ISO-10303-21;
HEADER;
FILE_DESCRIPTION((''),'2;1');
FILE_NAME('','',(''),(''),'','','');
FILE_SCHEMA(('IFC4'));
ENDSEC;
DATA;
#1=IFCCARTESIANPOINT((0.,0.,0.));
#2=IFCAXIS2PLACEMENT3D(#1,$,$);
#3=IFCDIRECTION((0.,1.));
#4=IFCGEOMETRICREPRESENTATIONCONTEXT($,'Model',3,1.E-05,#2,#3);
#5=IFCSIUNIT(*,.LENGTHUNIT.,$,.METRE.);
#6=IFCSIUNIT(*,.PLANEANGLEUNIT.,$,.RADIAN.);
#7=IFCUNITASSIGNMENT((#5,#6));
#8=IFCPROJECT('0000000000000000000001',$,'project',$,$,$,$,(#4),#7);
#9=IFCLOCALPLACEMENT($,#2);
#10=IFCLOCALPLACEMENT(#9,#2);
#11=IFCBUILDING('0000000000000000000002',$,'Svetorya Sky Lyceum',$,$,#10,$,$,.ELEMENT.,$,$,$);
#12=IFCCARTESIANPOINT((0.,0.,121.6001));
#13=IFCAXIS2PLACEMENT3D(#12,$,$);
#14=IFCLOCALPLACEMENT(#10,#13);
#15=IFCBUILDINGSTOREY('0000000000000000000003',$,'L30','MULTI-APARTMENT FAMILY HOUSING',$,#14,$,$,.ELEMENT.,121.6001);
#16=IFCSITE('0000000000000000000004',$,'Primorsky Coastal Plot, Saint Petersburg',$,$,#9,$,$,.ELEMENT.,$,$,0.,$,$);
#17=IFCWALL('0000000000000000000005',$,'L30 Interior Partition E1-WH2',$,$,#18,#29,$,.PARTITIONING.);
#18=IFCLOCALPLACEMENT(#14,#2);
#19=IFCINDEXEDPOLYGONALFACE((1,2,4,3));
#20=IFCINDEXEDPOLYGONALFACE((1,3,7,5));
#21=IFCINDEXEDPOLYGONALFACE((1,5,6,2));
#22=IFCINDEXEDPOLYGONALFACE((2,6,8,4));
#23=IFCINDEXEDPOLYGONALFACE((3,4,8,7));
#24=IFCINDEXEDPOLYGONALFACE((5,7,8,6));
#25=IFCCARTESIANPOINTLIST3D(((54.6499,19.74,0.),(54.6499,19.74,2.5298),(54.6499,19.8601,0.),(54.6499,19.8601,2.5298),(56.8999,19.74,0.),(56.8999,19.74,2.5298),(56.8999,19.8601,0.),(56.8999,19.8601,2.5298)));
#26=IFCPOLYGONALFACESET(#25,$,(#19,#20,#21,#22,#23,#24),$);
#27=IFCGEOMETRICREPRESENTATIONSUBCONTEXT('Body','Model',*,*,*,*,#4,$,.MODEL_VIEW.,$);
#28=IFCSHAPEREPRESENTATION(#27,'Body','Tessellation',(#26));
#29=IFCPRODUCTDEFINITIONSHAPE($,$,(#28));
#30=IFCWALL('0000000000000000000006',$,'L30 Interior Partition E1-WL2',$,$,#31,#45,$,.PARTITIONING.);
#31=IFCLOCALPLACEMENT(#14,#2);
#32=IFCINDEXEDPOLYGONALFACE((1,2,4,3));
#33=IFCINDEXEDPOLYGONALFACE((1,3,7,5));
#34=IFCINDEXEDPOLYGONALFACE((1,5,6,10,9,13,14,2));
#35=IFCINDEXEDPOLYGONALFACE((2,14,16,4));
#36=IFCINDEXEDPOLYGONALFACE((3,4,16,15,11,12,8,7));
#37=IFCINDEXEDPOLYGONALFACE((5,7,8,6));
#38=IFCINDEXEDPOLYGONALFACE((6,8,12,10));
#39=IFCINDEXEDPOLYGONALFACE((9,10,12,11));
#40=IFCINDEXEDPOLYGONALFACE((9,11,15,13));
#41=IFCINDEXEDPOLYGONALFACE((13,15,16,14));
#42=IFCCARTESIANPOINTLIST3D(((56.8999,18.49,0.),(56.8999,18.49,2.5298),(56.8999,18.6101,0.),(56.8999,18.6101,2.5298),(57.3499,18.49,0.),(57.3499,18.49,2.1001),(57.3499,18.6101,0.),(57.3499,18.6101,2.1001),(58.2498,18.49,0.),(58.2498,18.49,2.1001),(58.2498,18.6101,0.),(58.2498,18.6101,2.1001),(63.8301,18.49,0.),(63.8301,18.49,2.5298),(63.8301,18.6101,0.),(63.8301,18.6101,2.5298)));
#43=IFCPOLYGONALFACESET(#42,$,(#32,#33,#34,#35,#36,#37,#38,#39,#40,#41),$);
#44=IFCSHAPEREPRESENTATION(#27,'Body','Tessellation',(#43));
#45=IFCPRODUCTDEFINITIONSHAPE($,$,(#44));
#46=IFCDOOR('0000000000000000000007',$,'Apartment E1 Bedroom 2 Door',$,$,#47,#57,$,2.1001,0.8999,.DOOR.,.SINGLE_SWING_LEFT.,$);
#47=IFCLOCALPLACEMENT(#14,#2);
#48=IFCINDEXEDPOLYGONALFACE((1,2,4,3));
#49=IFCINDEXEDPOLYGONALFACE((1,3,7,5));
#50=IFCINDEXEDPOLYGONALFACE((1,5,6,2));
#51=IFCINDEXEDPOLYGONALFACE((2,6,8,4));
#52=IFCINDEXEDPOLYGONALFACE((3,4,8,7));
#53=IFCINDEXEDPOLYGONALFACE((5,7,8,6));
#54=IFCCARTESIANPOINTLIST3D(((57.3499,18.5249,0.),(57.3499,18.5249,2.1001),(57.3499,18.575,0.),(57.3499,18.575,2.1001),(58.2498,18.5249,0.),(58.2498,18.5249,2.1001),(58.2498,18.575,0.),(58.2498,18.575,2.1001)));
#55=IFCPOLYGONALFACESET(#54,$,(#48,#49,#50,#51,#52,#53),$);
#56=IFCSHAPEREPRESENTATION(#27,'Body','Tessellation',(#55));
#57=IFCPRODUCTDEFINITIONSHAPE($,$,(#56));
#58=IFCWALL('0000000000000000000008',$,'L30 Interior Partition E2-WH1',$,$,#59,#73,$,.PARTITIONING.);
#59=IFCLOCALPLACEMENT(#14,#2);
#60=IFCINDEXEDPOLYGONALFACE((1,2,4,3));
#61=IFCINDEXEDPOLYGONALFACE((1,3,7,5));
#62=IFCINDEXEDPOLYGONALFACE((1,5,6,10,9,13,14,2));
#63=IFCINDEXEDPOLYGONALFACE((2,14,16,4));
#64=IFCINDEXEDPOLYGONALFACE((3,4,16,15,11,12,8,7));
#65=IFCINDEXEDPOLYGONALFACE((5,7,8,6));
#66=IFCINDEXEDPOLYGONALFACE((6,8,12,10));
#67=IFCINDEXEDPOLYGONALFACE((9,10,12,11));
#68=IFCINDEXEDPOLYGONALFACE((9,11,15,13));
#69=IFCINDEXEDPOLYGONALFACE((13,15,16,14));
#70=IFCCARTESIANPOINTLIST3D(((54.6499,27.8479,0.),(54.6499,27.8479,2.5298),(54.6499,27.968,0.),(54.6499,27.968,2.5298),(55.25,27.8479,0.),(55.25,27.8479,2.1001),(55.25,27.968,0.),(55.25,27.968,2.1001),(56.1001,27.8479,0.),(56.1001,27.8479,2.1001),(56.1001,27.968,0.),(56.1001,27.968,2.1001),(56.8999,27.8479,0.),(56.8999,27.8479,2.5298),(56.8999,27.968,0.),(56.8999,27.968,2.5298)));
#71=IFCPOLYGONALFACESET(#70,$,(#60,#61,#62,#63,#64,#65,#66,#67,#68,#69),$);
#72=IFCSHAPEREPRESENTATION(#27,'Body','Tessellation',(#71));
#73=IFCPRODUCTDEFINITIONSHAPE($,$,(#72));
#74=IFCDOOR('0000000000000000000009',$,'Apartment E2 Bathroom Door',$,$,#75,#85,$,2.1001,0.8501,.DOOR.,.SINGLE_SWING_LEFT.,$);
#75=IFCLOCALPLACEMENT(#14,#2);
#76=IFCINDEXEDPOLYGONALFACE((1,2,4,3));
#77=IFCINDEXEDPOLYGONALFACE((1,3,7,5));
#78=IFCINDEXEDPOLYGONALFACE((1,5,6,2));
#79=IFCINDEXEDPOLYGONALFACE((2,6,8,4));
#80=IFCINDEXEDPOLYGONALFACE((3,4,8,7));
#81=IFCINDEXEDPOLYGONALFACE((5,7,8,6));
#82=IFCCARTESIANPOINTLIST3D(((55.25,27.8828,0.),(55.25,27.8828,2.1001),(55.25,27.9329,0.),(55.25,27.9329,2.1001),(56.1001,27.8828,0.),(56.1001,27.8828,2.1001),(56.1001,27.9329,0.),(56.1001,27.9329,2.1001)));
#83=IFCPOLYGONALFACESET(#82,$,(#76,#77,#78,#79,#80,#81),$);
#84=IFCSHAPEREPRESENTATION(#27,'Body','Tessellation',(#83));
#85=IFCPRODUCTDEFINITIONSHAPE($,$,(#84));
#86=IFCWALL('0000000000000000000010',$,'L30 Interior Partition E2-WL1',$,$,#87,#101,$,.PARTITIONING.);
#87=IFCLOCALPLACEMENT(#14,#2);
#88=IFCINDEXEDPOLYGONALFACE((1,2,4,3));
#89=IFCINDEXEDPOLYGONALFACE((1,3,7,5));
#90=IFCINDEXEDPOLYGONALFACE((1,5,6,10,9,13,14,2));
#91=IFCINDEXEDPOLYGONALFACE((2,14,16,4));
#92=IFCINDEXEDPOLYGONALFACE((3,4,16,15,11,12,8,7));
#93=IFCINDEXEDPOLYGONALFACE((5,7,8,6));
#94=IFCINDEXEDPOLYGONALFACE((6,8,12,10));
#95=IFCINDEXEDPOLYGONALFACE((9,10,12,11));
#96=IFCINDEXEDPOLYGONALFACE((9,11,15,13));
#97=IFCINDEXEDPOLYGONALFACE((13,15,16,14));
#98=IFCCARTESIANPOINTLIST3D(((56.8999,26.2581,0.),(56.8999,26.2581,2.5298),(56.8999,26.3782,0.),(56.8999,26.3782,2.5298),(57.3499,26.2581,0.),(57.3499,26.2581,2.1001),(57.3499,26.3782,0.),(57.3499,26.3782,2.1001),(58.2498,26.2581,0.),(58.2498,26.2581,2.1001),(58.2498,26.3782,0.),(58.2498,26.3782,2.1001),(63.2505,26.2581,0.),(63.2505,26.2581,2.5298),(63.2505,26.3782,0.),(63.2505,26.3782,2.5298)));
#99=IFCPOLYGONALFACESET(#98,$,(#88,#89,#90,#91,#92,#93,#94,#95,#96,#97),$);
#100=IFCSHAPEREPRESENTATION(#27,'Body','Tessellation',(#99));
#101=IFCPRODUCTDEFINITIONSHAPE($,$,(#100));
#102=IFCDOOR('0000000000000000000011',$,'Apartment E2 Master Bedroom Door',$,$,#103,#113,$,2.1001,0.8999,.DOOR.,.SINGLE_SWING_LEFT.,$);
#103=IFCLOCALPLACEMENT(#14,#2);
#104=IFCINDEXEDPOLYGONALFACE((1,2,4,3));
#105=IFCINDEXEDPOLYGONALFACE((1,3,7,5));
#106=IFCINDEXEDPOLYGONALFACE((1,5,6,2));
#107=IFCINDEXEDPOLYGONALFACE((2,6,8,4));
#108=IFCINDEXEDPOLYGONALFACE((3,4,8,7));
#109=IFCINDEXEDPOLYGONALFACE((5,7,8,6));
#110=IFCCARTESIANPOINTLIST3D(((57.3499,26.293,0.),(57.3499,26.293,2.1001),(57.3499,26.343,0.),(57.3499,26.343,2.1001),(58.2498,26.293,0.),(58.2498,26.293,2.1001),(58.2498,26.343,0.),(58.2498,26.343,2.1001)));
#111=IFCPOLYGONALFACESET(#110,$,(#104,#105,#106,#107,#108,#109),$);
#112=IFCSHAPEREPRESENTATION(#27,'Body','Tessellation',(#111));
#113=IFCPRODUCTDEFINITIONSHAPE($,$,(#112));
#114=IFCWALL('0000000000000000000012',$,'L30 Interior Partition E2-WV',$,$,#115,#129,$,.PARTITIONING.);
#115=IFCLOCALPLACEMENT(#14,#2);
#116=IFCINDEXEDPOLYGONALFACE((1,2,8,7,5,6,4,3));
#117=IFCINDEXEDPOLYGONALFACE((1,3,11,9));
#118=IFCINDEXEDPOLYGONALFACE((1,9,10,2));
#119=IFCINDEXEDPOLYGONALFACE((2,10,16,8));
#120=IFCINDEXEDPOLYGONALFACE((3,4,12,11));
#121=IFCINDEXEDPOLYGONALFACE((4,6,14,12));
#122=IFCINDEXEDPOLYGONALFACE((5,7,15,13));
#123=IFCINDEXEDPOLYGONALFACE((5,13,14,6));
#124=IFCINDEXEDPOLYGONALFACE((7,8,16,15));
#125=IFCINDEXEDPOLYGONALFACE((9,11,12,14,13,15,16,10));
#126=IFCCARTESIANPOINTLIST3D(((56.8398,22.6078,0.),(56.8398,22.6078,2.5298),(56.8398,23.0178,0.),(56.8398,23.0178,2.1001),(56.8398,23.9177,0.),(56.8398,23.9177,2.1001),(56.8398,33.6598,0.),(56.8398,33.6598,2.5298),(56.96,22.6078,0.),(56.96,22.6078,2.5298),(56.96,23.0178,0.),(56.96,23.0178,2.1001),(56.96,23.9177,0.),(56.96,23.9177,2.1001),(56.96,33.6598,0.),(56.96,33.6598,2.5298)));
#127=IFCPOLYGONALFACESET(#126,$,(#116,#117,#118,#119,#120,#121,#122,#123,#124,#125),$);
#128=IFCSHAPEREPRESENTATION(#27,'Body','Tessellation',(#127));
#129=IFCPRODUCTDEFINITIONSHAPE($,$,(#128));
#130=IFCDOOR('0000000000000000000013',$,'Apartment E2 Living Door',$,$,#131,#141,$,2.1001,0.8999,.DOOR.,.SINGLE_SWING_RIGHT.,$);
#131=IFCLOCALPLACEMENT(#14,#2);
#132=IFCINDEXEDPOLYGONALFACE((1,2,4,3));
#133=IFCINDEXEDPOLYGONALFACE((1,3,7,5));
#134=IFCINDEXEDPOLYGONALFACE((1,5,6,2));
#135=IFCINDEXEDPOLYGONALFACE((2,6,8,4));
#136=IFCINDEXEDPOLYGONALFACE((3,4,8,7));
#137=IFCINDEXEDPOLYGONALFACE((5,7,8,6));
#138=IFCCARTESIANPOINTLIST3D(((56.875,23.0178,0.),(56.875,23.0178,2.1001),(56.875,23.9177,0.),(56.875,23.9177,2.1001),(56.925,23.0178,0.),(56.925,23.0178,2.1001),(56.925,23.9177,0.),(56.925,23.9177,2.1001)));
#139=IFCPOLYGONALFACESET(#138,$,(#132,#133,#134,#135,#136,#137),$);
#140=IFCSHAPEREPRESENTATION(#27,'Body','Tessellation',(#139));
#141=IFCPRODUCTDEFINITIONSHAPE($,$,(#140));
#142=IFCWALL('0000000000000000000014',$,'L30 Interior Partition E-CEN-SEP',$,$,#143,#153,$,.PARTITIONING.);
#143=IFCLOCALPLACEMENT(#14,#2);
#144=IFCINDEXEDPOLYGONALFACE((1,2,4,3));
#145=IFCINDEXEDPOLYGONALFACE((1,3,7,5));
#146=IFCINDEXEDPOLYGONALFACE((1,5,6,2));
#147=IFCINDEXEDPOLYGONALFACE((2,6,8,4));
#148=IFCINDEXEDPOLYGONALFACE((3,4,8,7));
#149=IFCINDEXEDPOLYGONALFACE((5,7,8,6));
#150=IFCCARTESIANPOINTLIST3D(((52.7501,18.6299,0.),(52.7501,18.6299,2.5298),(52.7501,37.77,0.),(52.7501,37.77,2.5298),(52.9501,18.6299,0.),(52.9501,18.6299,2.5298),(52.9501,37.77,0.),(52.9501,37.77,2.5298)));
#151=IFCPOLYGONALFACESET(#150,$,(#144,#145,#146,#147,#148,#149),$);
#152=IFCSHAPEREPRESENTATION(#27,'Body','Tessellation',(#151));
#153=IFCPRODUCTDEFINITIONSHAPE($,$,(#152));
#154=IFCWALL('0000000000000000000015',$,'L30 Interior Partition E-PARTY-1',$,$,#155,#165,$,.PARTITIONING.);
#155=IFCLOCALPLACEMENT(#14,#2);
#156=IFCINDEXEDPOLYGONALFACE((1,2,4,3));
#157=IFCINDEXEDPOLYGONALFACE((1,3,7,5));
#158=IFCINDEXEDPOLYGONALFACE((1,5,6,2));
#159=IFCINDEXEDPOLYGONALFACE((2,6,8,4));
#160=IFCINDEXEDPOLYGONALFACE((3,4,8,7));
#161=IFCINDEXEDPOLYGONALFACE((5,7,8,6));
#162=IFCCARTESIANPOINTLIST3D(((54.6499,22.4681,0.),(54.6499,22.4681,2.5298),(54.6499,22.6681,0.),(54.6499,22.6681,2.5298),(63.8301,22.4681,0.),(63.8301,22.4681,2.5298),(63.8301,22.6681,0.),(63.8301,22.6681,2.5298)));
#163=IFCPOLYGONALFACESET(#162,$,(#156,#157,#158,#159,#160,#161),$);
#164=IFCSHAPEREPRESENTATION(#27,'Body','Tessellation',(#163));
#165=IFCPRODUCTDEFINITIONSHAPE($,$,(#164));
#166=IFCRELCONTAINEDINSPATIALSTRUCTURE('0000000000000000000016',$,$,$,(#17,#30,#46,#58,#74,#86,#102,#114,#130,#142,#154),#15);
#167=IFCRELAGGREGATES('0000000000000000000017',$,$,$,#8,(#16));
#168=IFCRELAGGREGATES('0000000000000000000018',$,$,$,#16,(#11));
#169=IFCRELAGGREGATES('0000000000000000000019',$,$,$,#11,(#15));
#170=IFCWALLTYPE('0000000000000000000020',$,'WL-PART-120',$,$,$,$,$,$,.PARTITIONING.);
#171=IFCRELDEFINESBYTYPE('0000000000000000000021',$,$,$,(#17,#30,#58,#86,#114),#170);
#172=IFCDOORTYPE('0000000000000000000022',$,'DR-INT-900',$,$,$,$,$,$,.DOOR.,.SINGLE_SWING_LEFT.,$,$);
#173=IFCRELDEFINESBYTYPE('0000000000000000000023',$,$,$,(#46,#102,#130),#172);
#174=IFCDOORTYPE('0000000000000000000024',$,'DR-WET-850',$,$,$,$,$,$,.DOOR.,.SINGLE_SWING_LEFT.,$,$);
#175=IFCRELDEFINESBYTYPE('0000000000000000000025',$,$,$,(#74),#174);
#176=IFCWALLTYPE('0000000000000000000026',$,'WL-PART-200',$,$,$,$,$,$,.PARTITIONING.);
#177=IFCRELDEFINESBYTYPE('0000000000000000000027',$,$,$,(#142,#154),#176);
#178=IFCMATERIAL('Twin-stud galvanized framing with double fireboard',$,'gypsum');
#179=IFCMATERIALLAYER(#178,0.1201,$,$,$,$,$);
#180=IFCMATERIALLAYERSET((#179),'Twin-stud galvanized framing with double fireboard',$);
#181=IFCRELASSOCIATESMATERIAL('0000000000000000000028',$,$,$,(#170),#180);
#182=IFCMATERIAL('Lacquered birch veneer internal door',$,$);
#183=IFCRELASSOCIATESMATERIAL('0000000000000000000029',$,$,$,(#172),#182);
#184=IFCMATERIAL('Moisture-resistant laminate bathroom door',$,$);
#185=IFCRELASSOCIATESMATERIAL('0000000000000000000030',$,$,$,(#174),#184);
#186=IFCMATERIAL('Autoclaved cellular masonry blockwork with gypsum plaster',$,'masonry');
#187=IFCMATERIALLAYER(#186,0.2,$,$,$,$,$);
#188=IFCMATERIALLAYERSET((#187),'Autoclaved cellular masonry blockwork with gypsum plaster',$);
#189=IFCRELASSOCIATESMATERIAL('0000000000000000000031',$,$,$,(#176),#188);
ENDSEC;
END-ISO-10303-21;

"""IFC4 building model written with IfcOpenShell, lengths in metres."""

from ifc_helpers import new_model, si_unit, direction, frame, frame_2d, origin, place, context, subcontext, project, spatial, rectangle, extrude, material, layer, layer_set, type_object, element, fill, save


model = new_model("IFC4")

# Units and contexts
model_context = context("Model", 3, precision=1e-05, world=origin(), true_north=direction((0.0, 1.0)))
body_context = subcontext(model_context, "Body", "Model", "MODEL_VIEW")
ifc_project = project(units=[si_unit("LENGTHUNIT", "METRE"), si_unit("PLANEANGLEUNIT", "RADIAN")], contexts=[model_context])

# Site, building, storey
site_placement = place(None, origin())
site = spatial("IfcSite", under=ifc_project, at=site_placement, Name="Primorsky Coastal Plot, Saint Petersburg", CompositionType="ELEMENT", RefElevation=0.0)
building_placement = place(site_placement, origin())
building = spatial("IfcBuilding", under=site, at=building_placement, Name="Svetorya Sky Lyceum", CompositionType="ELEMENT")
storey_placement = place(building_placement, frame((0.0, 0.0, 121.6001)))
storey = spatial("IfcBuildingStorey", under=building, at=storey_placement, Name="L30", Description="MULTI-APARTMENT FAMILY HOUSING", CompositionType="ELEMENT", Elevation=121.6001)

# Wall
ifc_material_1 = material(Name="Twin-stud galvanized framing with double fireboard", Category="gypsum")
ifc_layer_1 = layer(ifc_material_1, 0.1201)
ifc_layer_set_1 = layer_set([ifc_layer_1], Name="Twin-stud galvanized framing with double fireboard")
wall_type_1 = type_object("IfcWallType", Name="WL-PART-120", PredefinedType="PARTITIONING", material=ifc_layer_set_1)
wall_1_placement = place(storey_placement, frame((54.6499, 19.8, 0.0), z_axis=(0.0, 0.0, 1.0), x_axis=(1.0, 0.0, 0.0)))
element("IfcWall", 1, at=wall_1_placement, inside=storey, type_object=wall_type_1, Name="L30 Interior Partition E1-WH2", PredefinedType="PARTITIONING", context=body_context, shape_type="SweptSolid", body=[
    extrude(rectangle(XDim=2.25, YDim=0.1201, at=frame_2d((1.125, 0.0))), origin(), (0.0, 0.0, 1.0), 2.5298),
])

# Walls, openings, doors
wall_2_placement = place(storey_placement, frame((56.8999, 18.55, 0.0), z_axis=(0.0, 0.0, 1.0), x_axis=(1.0, 0.0, 0.0)))
wall_2 = element("IfcWall", 2, at=wall_2_placement, inside=storey, type_object=wall_type_1, Name="L30 Interior Partition E1-WL2", PredefinedType="PARTITIONING", context=body_context, shape_type="SweptSolid", body=[
    extrude(rectangle(XDim=6.9302, YDim=0.1201, at=frame_2d((3.4651, 0.0))), origin(), (0.0, 0.0, 1.0), 2.5298),
])
opening_1_placement = place(wall_2_placement, frame((0.45, 0.0, 0.0)))
opening_1 = element("IfcOpeningElement", 3, at=opening_1_placement, cuts=wall_2, PredefinedType="OPENING", context=body_context, shape_type="SweptSolid", body=[
    extrude(rectangle(XDim=0.8999, YDim=2.1001, at=frame_2d((0.45, 1.05))), frame((0.0, 0.0701, 0.0), z_axis=(0.0, -1.0, 0.0), x_axis=(1.0, 0.0, 0.0)), (0.0, 0.0, 1.0), 0.1401),
])
ifc_material_2 = material(Name="Lacquered birch veneer internal door")
door_type_1 = type_object("IfcDoorType", Name="DR-INT-900", OperationType="SINGLE_SWING_LEFT", PredefinedType="DOOR", material=ifc_material_2)
door_1_placement = place(opening_1_placement, origin())
door_1 = element("IfcDoor", 4, at=door_1_placement, inside=storey, type_object=door_type_1, Name="Apartment E1 Bedroom 2 Door", OperationType="SINGLE_SWING_LEFT", OverallHeight=2.1001, OverallWidth=0.8999, PredefinedType="DOOR", context=body_context, shape_type="SweptSolid", body=[
    extrude(rectangle(XDim=0.8999, YDim=2.1001, at=frame_2d((0.45, 1.05))), frame((0.0, 0.0249, 0.0), z_axis=(0.0, -1.0, 0.0), x_axis=(1.0, 0.0, 0.0)), (0.0, 0.0, 1.0), 0.05),
])
fill(opening_1, door_1)
wall_3_placement = place(storey_placement, frame((54.6499, 27.908, 0.0), z_axis=(0.0, 0.0, 1.0), x_axis=(1.0, 0.0, 0.0)))
wall_3 = element("IfcWall", 5, at=wall_3_placement, inside=storey, type_object=wall_type_1, Name="L30 Interior Partition E2-WH1", PredefinedType="PARTITIONING", context=body_context, shape_type="SweptSolid", body=[
    extrude(rectangle(XDim=2.25, YDim=0.1201, at=frame_2d((1.125, 0.0))), origin(), (0.0, 0.0, 1.0), 2.5298),
])
opening_2_placement = place(wall_3_placement, frame((0.6001, 0.0, 0.0)))
opening_2 = element("IfcOpeningElement", 6, at=opening_2_placement, cuts=wall_3, PredefinedType="OPENING", context=body_context, shape_type="SweptSolid", body=[
    extrude(rectangle(XDim=0.8501, YDim=2.1001, at=frame_2d((0.425, 1.05))), frame((0.0, 0.0701, 0.0), z_axis=(0.0, -1.0, 0.0), x_axis=(1.0, 0.0, 0.0)), (0.0, 0.0, 1.0), 0.1401),
])
ifc_material_3 = material(Name="Moisture-resistant laminate bathroom door")
door_type_2 = type_object("IfcDoorType", Name="DR-WET-850", OperationType="SINGLE_SWING_LEFT", PredefinedType="DOOR", material=ifc_material_3)
door_2_placement = place(opening_2_placement, origin())
door_2 = element("IfcDoor", 7, at=door_2_placement, inside=storey, type_object=door_type_2, Name="Apartment E2 Bathroom Door", OperationType="SINGLE_SWING_LEFT", OverallHeight=2.1001, OverallWidth=0.8501, PredefinedType="DOOR", context=body_context, shape_type="SweptSolid", body=[
    extrude(rectangle(XDim=0.8501, YDim=2.1001, at=frame_2d((0.425, 1.05))), frame((0.0, 0.0249, 0.0), z_axis=(0.0, -1.0, 0.0), x_axis=(1.0, 0.0, 0.0)), (0.0, 0.0, 1.0), 0.05),
])
fill(opening_2, door_2)
wall_4_placement = place(storey_placement, frame((56.8999, 26.3181, 0.0), z_axis=(0.0, 0.0, 1.0), x_axis=(1.0, 0.0, 0.0)))
wall_4 = element("IfcWall", 8, at=wall_4_placement, inside=storey, type_object=wall_type_1, Name="L30 Interior Partition E2-WL1", PredefinedType="PARTITIONING", context=body_context, shape_type="SweptSolid", body=[
    extrude(rectangle(XDim=6.3506, YDim=0.1201, at=frame_2d((3.1753, 0.0))), origin(), (0.0, 0.0, 1.0), 2.5298),
])
opening_3_placement = place(wall_4_placement, frame((0.45, 0.0, 0.0)))
opening_3 = element("IfcOpeningElement", 9, at=opening_3_placement, cuts=wall_4, PredefinedType="OPENING", context=body_context, shape_type="SweptSolid", body=[
    extrude(rectangle(XDim=0.8999, YDim=2.1001, at=frame_2d((0.45, 1.05))), frame((0.0, 0.0701, 0.0), z_axis=(0.0, -1.0, 0.0), x_axis=(1.0, 0.0, 0.0)), (0.0, 0.0, 1.0), 0.1401),
])
door_3_placement = place(opening_3_placement, origin())
door_3 = element("IfcDoor", 10, at=door_3_placement, inside=storey, type_object=door_type_1, Name="Apartment E2 Master Bedroom Door", OperationType="SINGLE_SWING_LEFT", OverallHeight=2.1001, OverallWidth=0.8999, PredefinedType="DOOR", context=body_context, shape_type="SweptSolid", body=[
    extrude(rectangle(XDim=0.8999, YDim=2.1001, at=frame_2d((0.45, 1.05))), frame((0.0, 0.0249, 0.0), z_axis=(0.0, -1.0, 0.0), x_axis=(1.0, 0.0, 0.0)), (0.0, 0.0, 1.0), 0.05),
])
fill(opening_3, door_3)
wall_5_placement = place(storey_placement, frame((56.8999, 22.6079, 0.0), z_axis=(0.0, 0.0, 1.0), x_axis=(0.0, 1.0, 0.0)))
wall_5 = element("IfcWall", 11, at=wall_5_placement, inside=storey, type_object=wall_type_1, Name="L30 Interior Partition E2-WV", PredefinedType="PARTITIONING", context=body_context, shape_type="SweptSolid", body=[
    extrude(rectangle(XDim=11.052, YDim=0.1201, at=frame_2d((5.5259, 0.0))), origin(), (0.0, 0.0, 1.0), 2.5298),
])
opening_4_placement = place(wall_5_placement, frame((0.4099, 0.0, 0.0)))
opening_4 = element("IfcOpeningElement", 12, at=opening_4_placement, cuts=wall_5, PredefinedType="OPENING", context=body_context, shape_type="SweptSolid", body=[
    extrude(rectangle(XDim=0.8999, YDim=2.1001, at=frame_2d((0.45, 1.05))), frame((0.0, 0.0701, 0.0), z_axis=(0.0, -1.0, 0.0), x_axis=(1.0, 0.0, 0.0)), (0.0, 0.0, 1.0), 0.1401),
])
door_4_placement = place(opening_4_placement, origin())
door_4 = element("IfcDoor", 13, at=door_4_placement, inside=storey, type_object=door_type_1, Name="Apartment E2 Living Door", OperationType="SINGLE_SWING_RIGHT", OverallHeight=2.1001, OverallWidth=0.8999, PredefinedType="DOOR", context=body_context, shape_type="SweptSolid", body=[
    extrude(rectangle(XDim=0.8999, YDim=2.1001, at=frame_2d((0.45, 1.05))), frame((0.0, 0.0249, 0.0), z_axis=(0.0, -1.0, 0.0), x_axis=(1.0, 0.0, 0.0)), (0.0, 0.0, 1.0), 0.05),
])
fill(opening_4, door_4)

# Walls
ifc_material_4 = material(Name="Autoclaved cellular masonry blockwork with gypsum plaster", Category="masonry")
ifc_layer_2 = layer(ifc_material_4, 0.2)
ifc_layer_set_2 = layer_set([ifc_layer_2], Name="Autoclaved cellular masonry blockwork with gypsum plaster")
wall_type_2 = type_object("IfcWallType", Name="WL-PART-200", PredefinedType="PARTITIONING", material=ifc_layer_set_2)
wall_6_placement = place(storey_placement, frame((52.8501, 18.6299, 0.0), z_axis=(0.0, 0.0, 1.0), x_axis=(0.0, 1.0, 0.0)))
element("IfcWall", 14, at=wall_6_placement, inside=storey, type_object=wall_type_2, Name="L30 Interior Partition E-CEN-SEP", PredefinedType="PARTITIONING", context=body_context, shape_type="SweptSolid", body=[
    extrude(rectangle(XDim=19.1401, YDim=0.2, at=frame_2d((9.5701, 0.0))), origin(), (0.0, 0.0, 1.0), 2.5298),
])
wall_7_placement = place(storey_placement, frame((54.6499, 22.5681, 0.0), z_axis=(0.0, 0.0, 1.0), x_axis=(1.0, 0.0, 0.0)))
element("IfcWall", 15, at=wall_7_placement, inside=storey, type_object=wall_type_2, Name="L30 Interior Partition E-PARTY-1", PredefinedType="PARTITIONING", context=body_context, shape_type="SweptSolid", body=[
    extrude(rectangle(XDim=9.1802, YDim=0.2, at=frame_2d((4.5901, 0.0))), origin(), (0.0, 0.0, 1.0), 2.5298),
])

save(model, "model.ifc")
